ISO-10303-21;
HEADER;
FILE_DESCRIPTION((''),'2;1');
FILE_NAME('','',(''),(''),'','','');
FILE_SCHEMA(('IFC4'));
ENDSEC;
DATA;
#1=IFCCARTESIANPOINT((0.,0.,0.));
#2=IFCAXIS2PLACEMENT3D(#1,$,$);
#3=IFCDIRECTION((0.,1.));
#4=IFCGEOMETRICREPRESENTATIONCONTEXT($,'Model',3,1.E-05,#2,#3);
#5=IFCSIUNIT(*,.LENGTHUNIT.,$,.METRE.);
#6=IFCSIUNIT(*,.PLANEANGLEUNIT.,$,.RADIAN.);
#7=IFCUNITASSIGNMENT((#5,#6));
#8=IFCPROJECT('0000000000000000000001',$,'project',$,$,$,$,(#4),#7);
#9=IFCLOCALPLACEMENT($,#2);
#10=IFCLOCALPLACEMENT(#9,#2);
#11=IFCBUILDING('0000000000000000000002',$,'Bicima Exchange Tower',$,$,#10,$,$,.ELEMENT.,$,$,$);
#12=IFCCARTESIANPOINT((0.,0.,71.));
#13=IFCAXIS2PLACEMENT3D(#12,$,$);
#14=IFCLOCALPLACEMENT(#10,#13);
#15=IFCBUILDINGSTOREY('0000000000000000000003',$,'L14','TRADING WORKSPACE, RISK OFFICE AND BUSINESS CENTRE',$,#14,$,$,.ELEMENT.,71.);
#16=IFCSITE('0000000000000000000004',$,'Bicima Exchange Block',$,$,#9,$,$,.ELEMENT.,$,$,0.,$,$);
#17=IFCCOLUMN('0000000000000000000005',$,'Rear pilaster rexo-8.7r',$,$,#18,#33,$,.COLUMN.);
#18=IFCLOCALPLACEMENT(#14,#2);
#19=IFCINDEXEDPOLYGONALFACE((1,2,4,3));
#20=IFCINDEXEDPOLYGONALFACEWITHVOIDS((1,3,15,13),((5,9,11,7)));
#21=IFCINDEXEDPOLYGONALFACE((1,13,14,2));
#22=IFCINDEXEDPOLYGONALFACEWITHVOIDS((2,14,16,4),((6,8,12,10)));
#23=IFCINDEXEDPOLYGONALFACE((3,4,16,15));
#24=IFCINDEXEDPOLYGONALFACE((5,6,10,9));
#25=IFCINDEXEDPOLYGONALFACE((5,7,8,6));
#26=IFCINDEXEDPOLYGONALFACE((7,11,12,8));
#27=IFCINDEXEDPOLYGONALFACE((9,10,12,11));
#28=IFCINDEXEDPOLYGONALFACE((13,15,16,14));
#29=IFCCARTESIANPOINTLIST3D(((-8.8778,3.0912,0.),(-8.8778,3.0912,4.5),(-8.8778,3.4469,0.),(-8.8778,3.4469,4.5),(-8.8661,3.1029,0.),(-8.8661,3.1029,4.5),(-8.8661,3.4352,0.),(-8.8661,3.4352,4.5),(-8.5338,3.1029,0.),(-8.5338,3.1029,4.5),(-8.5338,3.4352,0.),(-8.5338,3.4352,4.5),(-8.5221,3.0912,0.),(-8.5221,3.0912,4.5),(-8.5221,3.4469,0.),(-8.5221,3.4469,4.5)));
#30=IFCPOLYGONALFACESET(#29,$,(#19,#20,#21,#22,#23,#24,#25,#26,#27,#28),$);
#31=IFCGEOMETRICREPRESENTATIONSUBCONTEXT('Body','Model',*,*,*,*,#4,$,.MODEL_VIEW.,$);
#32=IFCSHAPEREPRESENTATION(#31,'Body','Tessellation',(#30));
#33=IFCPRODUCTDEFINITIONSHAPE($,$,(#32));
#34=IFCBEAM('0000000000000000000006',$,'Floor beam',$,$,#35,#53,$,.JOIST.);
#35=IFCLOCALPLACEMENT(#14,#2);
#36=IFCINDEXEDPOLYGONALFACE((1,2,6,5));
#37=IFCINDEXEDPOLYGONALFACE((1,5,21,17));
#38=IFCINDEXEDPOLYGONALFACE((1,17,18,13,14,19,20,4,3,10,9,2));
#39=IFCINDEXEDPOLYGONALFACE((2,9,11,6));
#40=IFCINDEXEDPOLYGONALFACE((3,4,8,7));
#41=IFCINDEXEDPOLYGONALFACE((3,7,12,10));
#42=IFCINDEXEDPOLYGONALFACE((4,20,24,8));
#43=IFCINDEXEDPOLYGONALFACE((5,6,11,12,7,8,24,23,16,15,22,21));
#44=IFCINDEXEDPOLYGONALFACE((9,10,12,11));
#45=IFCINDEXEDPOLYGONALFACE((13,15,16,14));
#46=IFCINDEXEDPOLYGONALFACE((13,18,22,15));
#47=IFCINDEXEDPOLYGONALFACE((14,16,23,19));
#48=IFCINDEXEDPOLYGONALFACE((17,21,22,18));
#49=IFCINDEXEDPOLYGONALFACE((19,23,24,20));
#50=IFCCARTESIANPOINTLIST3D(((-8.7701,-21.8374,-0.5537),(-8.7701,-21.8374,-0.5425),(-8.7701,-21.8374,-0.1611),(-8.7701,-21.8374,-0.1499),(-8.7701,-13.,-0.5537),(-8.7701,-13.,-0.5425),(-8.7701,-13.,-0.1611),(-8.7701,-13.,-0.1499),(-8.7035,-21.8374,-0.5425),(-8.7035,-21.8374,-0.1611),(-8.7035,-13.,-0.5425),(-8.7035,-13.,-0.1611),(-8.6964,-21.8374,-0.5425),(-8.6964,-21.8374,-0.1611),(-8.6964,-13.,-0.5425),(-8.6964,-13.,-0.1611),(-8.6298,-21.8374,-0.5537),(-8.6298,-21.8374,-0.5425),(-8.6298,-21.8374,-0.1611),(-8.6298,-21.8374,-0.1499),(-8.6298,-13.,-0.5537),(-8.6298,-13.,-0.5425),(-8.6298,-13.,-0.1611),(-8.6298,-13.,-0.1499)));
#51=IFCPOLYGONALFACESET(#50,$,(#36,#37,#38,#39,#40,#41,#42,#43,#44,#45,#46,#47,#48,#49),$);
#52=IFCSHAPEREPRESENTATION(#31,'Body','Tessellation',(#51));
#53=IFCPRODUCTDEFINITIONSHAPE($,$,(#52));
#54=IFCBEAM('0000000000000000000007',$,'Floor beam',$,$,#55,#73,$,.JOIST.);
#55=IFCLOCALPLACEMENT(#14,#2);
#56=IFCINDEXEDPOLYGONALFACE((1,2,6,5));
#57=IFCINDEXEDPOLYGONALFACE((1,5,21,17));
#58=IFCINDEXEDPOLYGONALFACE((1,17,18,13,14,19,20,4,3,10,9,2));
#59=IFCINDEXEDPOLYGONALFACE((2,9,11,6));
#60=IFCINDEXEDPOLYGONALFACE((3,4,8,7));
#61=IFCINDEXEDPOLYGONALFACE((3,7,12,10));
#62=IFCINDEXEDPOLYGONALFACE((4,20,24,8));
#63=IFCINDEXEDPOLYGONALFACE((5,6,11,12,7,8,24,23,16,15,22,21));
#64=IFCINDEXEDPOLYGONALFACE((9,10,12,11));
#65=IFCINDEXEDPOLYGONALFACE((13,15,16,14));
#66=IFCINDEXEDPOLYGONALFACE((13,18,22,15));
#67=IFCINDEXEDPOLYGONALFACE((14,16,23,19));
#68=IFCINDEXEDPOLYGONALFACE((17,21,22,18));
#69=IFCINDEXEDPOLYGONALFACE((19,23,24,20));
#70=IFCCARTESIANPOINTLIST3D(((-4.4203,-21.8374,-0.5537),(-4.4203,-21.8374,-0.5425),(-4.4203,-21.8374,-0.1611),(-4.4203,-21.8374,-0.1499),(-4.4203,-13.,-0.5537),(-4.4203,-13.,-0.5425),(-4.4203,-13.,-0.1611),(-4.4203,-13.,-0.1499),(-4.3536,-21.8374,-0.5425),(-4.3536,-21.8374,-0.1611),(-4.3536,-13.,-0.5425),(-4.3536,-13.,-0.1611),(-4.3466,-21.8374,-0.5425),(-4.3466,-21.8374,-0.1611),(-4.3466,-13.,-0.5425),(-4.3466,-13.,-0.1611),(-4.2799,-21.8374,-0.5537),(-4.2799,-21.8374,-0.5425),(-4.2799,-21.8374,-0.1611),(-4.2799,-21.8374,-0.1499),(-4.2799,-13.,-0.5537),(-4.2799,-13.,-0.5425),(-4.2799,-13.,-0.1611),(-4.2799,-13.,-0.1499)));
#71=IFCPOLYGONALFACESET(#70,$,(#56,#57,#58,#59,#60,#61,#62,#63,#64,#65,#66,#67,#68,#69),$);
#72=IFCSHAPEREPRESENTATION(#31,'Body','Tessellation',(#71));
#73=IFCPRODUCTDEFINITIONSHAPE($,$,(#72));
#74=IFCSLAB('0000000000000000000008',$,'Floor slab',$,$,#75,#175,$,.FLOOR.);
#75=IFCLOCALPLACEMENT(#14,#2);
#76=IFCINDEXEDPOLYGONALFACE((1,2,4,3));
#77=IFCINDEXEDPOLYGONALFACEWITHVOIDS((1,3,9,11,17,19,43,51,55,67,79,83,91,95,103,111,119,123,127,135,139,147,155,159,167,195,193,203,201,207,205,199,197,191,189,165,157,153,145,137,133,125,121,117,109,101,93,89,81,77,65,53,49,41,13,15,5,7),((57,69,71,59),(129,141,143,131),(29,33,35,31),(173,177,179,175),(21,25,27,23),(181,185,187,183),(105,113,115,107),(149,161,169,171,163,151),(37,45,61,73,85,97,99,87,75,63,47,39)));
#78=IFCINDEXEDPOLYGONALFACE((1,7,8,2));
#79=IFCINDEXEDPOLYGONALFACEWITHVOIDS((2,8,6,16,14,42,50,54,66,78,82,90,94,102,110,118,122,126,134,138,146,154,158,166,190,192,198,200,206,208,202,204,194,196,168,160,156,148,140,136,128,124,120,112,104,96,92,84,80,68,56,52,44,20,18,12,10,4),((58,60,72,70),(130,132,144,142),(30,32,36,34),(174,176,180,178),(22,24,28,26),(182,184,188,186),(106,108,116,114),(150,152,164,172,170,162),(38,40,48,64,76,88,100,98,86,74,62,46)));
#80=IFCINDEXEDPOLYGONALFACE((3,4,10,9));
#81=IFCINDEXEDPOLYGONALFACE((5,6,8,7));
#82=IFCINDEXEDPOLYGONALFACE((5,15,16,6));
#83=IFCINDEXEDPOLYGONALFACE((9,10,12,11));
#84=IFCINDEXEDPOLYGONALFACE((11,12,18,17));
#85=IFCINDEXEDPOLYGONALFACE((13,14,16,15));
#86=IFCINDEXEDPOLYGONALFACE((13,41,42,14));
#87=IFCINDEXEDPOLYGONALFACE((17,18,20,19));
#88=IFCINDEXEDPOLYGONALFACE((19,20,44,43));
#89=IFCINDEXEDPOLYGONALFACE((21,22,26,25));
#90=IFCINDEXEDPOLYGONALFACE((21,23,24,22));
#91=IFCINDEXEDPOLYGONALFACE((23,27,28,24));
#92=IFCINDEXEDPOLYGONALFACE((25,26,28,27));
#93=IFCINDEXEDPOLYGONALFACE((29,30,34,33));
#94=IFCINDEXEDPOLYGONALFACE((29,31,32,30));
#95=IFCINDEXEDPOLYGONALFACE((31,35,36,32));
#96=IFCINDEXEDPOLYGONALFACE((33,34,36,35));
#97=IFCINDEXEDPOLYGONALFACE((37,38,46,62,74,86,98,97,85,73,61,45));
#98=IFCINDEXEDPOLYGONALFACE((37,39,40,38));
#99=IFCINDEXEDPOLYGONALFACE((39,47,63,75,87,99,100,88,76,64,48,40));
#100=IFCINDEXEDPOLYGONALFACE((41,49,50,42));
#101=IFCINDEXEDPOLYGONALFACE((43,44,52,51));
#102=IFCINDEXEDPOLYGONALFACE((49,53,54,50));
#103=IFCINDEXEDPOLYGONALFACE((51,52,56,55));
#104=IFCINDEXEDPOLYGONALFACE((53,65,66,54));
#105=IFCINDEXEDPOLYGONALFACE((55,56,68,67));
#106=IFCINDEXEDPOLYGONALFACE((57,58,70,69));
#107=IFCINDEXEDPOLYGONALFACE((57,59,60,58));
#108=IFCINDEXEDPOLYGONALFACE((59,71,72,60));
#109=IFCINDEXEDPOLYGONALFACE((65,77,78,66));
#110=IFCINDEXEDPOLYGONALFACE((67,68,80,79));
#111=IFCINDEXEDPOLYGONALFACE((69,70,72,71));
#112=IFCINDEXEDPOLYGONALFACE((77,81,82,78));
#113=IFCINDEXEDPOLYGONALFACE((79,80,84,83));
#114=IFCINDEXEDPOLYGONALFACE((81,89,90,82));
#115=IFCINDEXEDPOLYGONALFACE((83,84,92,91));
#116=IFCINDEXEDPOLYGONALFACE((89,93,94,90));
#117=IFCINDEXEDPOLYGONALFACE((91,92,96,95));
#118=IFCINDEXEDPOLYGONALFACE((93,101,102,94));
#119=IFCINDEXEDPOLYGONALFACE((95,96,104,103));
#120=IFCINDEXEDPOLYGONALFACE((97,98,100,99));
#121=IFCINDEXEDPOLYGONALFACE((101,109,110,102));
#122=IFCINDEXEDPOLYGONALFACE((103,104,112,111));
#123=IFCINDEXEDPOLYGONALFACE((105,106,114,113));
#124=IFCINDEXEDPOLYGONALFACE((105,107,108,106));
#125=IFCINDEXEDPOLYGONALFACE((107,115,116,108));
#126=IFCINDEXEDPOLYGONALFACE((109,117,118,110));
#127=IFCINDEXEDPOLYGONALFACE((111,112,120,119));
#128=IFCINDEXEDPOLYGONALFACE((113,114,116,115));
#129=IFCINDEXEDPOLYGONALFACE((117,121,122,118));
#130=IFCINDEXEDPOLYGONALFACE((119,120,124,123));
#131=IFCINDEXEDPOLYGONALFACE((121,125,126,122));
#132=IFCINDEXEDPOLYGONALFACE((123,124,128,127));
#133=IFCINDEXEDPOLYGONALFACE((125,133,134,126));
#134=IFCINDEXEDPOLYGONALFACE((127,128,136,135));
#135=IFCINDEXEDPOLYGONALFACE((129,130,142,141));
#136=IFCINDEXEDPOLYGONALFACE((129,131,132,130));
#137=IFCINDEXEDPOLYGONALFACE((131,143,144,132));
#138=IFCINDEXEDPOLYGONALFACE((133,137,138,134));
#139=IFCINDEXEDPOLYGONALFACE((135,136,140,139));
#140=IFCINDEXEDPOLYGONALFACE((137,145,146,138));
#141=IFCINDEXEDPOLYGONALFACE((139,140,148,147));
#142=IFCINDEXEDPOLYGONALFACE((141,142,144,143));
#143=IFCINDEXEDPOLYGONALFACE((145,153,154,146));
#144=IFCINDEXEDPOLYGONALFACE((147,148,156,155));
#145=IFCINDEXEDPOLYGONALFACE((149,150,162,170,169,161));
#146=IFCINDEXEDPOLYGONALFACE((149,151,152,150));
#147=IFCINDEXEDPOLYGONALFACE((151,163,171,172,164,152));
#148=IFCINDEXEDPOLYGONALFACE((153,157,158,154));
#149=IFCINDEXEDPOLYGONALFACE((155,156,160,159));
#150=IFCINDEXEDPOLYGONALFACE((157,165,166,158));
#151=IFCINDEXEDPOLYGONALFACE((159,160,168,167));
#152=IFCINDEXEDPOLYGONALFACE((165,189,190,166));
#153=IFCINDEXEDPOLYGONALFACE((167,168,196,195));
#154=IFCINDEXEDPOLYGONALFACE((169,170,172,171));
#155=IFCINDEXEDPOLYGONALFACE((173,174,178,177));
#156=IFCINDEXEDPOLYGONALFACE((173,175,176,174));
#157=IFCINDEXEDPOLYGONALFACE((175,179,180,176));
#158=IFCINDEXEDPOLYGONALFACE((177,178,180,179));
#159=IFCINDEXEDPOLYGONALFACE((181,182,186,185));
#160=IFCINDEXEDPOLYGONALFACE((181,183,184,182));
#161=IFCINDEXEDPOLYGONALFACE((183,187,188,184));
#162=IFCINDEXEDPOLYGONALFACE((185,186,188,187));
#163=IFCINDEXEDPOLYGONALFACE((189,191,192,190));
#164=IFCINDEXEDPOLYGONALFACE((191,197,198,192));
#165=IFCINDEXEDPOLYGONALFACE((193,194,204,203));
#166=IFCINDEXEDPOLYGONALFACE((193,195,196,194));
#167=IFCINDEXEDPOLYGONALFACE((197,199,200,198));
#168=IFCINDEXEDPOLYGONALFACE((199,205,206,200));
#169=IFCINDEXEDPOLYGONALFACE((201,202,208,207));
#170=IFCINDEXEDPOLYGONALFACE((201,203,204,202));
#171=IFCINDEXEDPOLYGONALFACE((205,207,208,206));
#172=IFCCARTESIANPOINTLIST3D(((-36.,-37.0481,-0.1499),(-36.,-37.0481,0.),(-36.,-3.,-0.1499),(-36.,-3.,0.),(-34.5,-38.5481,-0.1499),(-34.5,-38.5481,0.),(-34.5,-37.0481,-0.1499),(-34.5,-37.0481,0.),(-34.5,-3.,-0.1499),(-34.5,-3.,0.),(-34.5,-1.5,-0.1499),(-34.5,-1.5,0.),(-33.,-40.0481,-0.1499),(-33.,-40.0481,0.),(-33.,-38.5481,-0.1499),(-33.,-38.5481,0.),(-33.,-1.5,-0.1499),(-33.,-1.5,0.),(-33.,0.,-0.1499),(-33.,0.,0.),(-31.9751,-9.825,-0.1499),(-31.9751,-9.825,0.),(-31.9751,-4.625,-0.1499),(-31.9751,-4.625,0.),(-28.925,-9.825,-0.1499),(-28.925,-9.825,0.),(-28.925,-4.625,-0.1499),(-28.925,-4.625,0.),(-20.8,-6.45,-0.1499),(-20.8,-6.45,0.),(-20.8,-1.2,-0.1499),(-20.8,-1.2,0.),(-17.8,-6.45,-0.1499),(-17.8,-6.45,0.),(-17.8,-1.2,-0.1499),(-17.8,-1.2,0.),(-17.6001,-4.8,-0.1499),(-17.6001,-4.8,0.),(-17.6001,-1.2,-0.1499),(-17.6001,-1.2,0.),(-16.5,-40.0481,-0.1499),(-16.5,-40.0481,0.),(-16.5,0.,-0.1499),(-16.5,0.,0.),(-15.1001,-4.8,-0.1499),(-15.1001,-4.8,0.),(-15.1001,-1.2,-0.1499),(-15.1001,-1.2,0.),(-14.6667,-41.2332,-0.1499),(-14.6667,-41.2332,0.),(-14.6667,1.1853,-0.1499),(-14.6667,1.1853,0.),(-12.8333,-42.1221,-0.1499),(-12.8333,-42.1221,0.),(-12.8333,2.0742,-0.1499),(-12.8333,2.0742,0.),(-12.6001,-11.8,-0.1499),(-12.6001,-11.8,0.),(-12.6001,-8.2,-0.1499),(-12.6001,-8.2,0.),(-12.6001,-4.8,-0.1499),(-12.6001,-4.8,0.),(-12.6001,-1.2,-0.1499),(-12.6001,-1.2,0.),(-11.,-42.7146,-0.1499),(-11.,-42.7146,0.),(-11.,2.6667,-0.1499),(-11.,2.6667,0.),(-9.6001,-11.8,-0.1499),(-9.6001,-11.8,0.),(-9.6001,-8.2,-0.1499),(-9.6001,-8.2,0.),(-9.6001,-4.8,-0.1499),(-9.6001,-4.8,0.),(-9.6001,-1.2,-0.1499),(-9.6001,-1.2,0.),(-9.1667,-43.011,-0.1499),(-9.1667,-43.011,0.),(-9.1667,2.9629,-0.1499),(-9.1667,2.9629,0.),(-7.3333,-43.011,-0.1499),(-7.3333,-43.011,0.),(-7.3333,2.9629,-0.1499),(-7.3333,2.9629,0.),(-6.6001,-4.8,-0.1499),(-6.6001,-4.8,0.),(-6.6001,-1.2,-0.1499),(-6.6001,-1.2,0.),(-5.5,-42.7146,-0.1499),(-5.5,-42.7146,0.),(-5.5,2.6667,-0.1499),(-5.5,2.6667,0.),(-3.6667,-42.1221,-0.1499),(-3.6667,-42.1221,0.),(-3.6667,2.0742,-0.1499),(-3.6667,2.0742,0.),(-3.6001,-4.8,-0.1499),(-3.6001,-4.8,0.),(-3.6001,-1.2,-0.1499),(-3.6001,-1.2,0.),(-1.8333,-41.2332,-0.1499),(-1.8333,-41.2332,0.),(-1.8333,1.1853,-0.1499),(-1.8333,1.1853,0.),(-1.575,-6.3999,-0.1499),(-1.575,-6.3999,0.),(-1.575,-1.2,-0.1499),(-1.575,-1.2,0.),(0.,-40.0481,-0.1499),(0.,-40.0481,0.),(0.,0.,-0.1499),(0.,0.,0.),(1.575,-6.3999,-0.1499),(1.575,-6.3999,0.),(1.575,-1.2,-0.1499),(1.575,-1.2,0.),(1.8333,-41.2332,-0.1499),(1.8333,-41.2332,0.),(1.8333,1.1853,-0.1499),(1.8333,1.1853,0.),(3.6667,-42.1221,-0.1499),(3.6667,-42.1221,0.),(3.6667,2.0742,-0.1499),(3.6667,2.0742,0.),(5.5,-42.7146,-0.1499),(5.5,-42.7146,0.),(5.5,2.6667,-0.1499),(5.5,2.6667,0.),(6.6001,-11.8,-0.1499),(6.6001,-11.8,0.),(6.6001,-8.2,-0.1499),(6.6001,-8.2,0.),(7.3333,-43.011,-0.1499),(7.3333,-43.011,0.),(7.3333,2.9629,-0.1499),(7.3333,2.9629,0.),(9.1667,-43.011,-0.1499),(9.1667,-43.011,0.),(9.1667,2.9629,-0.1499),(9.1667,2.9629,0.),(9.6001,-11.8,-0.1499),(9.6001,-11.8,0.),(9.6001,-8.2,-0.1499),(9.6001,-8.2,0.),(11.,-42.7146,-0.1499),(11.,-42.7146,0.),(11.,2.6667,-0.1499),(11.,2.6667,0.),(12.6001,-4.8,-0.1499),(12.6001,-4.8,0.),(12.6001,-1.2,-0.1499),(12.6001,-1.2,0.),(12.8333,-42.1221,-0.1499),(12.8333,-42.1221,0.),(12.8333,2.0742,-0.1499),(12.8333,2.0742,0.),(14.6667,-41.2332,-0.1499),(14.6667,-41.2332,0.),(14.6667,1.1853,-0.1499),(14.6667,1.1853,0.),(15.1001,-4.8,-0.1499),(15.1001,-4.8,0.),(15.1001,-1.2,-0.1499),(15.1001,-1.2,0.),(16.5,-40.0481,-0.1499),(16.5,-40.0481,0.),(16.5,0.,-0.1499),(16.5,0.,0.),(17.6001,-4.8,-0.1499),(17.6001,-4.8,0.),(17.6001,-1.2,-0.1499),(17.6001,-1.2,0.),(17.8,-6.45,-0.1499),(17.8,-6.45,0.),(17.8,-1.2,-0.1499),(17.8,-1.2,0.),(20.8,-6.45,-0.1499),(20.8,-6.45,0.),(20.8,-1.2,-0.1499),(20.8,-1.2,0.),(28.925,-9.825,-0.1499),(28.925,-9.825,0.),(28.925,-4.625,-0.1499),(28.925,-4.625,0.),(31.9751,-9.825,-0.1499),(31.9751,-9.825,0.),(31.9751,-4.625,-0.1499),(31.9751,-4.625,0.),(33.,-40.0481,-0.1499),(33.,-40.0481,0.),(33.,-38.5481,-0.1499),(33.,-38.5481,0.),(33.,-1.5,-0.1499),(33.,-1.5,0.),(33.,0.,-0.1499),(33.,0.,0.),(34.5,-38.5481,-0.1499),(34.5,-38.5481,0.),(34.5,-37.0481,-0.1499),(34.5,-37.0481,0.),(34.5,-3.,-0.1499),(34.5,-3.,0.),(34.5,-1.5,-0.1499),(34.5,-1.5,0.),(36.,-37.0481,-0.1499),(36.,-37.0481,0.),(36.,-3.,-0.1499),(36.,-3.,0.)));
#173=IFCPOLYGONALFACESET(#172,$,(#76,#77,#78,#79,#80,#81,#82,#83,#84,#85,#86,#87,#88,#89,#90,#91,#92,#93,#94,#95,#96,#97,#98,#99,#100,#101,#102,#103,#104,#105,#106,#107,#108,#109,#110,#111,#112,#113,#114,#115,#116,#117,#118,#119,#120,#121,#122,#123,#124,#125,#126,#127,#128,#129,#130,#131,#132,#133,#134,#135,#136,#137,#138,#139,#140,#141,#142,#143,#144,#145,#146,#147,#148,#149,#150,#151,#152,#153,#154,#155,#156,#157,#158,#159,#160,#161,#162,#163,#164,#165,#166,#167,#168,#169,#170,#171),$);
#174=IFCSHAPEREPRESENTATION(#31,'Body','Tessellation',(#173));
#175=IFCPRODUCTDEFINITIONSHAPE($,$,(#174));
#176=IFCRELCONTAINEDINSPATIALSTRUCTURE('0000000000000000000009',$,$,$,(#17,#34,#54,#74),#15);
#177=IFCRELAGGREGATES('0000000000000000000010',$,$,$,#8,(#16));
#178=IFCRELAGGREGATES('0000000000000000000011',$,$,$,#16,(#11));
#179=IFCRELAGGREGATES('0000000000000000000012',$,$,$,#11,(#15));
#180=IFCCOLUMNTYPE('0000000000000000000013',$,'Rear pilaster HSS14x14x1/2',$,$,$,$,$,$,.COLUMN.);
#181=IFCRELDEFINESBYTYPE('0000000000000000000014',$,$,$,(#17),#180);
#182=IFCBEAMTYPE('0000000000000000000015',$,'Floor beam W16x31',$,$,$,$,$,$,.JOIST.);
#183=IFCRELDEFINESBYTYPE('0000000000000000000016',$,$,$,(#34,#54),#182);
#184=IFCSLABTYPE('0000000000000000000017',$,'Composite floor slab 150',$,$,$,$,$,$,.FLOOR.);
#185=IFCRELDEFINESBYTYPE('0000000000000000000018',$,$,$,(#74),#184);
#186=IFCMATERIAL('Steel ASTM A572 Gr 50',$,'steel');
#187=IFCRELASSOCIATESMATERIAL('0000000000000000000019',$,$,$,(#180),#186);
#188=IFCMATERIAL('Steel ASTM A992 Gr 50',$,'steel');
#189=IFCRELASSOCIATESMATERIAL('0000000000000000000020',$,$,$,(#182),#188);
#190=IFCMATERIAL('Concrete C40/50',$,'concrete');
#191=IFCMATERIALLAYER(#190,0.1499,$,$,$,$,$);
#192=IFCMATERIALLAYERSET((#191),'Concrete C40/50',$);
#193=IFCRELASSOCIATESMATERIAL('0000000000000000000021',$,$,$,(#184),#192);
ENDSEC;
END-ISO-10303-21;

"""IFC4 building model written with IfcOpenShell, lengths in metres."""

from ifc_helpers import new_model, si_unit, direction, frame, origin, origin_2d, place, context, subcontext, project, spatial, polyline, hollow_rectangle, i_section, outline, extrude, material, layer, layer_set, material_profile, profile_set, type_object, element, save


model = new_model("IFC4")

# Units and contexts
model_context = context("Model", 3, precision=1e-05, world=origin(), true_north=direction((0.0, 1.0)))
body_context = subcontext(model_context, "Body", "Model", "MODEL_VIEW")
ifc_project = project(units=[si_unit("LENGTHUNIT", "METRE"), si_unit("PLANEANGLEUNIT", "RADIAN")], contexts=[model_context])

# Site, building, storey
site_placement = place(None, origin())
site = spatial("IfcSite", under=ifc_project, at=site_placement, Name="Bicima Exchange Block", CompositionType="ELEMENT", RefElevation=0.0)
building_placement = place(site_placement, origin())
building = spatial("IfcBuilding", under=site, at=building_placement, Name="Bicima Exchange Tower", CompositionType="ELEMENT")
storey_placement = place(building_placement, frame((0.0, 0.0, 71.0)))
storey = spatial("IfcBuildingStorey", under=building, at=storey_placement, Name="L14", Description="TRADING WORKSPACE, RISK OFFICE AND BUSINESS CENTRE", CompositionType="ELEMENT", Elevation=71.0)

# Column
ifc_material_1 = material(Name="Steel ASTM A572 Gr 50", Category="steel")
ifc_material_profile_1 = material_profile(ifc_material_1, hollow_rectangle(XDim=0.3557, YDim=0.3557, WallThickness=0.0117, at=origin_2d()))
ifc_profile_set_1 = profile_set([ifc_material_profile_1], Name="Steel ASTM A572 Gr 50")
column_type = type_object("IfcColumnType", Name="Rear pilaster HSS14x14x1/2", PredefinedType="COLUMN", material=ifc_profile_set_1)
column_placement = place(storey_placement, frame((-8.7, 3.269, 0.0), z_axis=(0.0, 0.0, 1.0), x_axis=(1.0, 0.0, 0.0)))
element("IfcColumn", 1, at=column_placement, inside=storey, type_object=column_type, Name="Rear pilaster rexo-8.7r", PredefinedType="COLUMN", context=body_context, shape_type="SweptSolid", body=[
    extrude(hollow_rectangle(XDim=0.3557, YDim=0.3557, WallThickness=0.0117, at=origin_2d()), origin(), (0.0, 0.0, 1.0), 4.5),
])

# Beams
ifc_material_2 = material(Name="Steel ASTM A992 Gr 50", Category="steel")
ifc_material_profile_2 = material_profile(ifc_material_2, i_section(OverallWidth=0.1404, OverallDepth=0.4038, WebThickness=0.0071, FlangeThickness=0.0112, at=origin_2d()))
ifc_profile_set_2 = profile_set([ifc_material_profile_2], Name="Steel ASTM A992 Gr 50")
beam_type = type_object("IfcBeamType", Name="Floor beam W16x31", PredefinedType="JOIST", material=ifc_profile_set_2)
for number, where, z_axis, x_axis, name in (
    (2, (-8.7, -13.0, -0.3518), (0.0, -1.0, 0.0), (1.0, 0.0, 0.0), "Floor beam"),
    (3, (-4.3501, -13.0, -0.3518), (0.0, -1.0, 0.0), (1.0, 0.0, 0.0), "Floor beam"),
):
    element("IfcBeam", number, at=place(storey_placement, frame(where, z_axis=z_axis, x_axis=x_axis)), inside=storey, type_object=beam_type, Name=name, PredefinedType="JOIST", context=body_context, shape_type="SweptSolid", body=[
        extrude(i_section(OverallWidth=0.1404, OverallDepth=0.4038, WebThickness=0.0071, FlangeThickness=0.0112, at=origin_2d()), origin(), (0.0, 0.0, 1.0), 8.8374),
    ])

# Slab
ifc_material_3 = material(Name="Concrete C40/50", Category="concrete")
ifc_layer_1 = layer(ifc_material_3, 0.1499)
ifc_layer_set_1 = layer_set([ifc_layer_1], Name="Concrete C40/50")
slab_type = type_object("IfcSlabType", Name="Composite floor slab 150", PredefinedType="FLOOR", material=ifc_layer_set_1)
slab_placement = place(storey_placement, frame((0.0, 0.0, -0.1499)))
element("IfcSlab", 4, at=slab_placement, inside=storey, type_object=slab_type, Name="Floor slab", PredefinedType="FLOOR", context=body_context, shape_type="SweptSolid", body=[
    extrude(outline(polyline([(-36.0, -37.0481), (-36.0, -3.0), (-34.5, -3.0), (-34.5, -1.5), (-33.0, -1.5), (-33.0, 0.0), (-16.5, 0.0), (-14.6667, 1.1853), (-12.8333, 2.0742), (-11.0, 2.6667), (-9.1667, 2.9629), (-7.3333, 2.9629), (-5.5, 2.6667), (-3.6667, 2.0742), (-1.8333, 1.1853), (0.0, 0.0), (1.8333, 1.1853), (3.6667, 2.0742), (5.5, 2.6667), (7.3333, 2.9629), (9.1667, 2.9629), (11.0, 2.6667), (12.8333, 2.0742), (14.6667, 1.1853), (16.5, 0.0), (33.0, 0.0), (33.0, -1.5), (34.5, -1.5), (34.5, -3.0), (36.0, -3.0), (36.0, -37.0481), (34.5, -37.0481), (34.5, -38.5481), (33.0, -38.5481), (33.0, -40.0481), (16.5, -40.0481), (14.6667, -41.2332), (12.8333, -42.1221), (11.0, -42.7146), (9.1667, -43.011), (7.3333, -43.011), (5.5, -42.7146), (3.6667, -42.1221), (1.8333, -41.2332), (0.0, -40.0481), (-1.8333, -41.2332), (-3.6667, -42.1221), (-5.5, -42.7146), (-7.3333, -43.011), (-9.1667, -43.011), (-11.0, -42.7146), (-12.8333, -42.1221), (-14.6667, -41.2332), (-16.5, -40.0481), (-33.0, -40.0481), (-33.0, -38.5481), (-34.5, -38.5481), (-34.5, -37.0481), (-36.0, -37.0481)]), holes=[polyline([(-9.6001, -11.8), (-9.6001, -8.2), (-12.6001, -8.2), (-12.6001, -11.8), (-9.6001, -11.8)]), polyline([(-31.9751, -9.825), (-28.925, -9.825), (-28.925, -4.625), (-31.9751, -4.625), (-31.9751, -9.825)]), polyline([(-20.8, -6.45), (-17.8, -6.45), (-17.8, -1.2), (-20.8, -1.2), (-20.8, -6.45)]), polyline([(-9.6001, -1.2), (-12.6001, -1.2), (-15.1001, -1.2), (-17.6001, -1.2), (-17.6001, -4.8), (-15.1001, -4.8), (-12.6001, -4.8), (-9.6001, -4.8), (-6.6001, -4.8), (-3.6001, -4.8), (-3.6001, -1.2), (-6.6001, -1.2), (-9.6001, -1.2)]), polyline([(9.6001, -11.8), (9.6001, -8.2), (6.6001, -8.2), (6.6001, -11.8), (9.6001, -11.8)]), polyline([(28.925, -9.825), (31.9751, -9.825), (31.9751, -4.625), (28.925, -4.625), (28.925, -9.825)]), polyline([(17.8, -6.45), (20.8, -6.45), (20.8, -1.2), (17.8, -1.2), (17.8, -6.45)]), polyline([(-1.575, -6.3999), (1.575, -6.3999), (1.575, -1.2), (-1.575, -1.2), (-1.575, -6.3999)]), polyline([(17.6001, -4.8), (17.6001, -1.2), (15.1001, -1.2), (12.6001, -1.2), (12.6001, -4.8), (15.1001, -4.8), (17.6001, -4.8)])]), origin(), (0.0, 0.0, 1.0), 0.1499),
])

save(model, "model.ifc")
